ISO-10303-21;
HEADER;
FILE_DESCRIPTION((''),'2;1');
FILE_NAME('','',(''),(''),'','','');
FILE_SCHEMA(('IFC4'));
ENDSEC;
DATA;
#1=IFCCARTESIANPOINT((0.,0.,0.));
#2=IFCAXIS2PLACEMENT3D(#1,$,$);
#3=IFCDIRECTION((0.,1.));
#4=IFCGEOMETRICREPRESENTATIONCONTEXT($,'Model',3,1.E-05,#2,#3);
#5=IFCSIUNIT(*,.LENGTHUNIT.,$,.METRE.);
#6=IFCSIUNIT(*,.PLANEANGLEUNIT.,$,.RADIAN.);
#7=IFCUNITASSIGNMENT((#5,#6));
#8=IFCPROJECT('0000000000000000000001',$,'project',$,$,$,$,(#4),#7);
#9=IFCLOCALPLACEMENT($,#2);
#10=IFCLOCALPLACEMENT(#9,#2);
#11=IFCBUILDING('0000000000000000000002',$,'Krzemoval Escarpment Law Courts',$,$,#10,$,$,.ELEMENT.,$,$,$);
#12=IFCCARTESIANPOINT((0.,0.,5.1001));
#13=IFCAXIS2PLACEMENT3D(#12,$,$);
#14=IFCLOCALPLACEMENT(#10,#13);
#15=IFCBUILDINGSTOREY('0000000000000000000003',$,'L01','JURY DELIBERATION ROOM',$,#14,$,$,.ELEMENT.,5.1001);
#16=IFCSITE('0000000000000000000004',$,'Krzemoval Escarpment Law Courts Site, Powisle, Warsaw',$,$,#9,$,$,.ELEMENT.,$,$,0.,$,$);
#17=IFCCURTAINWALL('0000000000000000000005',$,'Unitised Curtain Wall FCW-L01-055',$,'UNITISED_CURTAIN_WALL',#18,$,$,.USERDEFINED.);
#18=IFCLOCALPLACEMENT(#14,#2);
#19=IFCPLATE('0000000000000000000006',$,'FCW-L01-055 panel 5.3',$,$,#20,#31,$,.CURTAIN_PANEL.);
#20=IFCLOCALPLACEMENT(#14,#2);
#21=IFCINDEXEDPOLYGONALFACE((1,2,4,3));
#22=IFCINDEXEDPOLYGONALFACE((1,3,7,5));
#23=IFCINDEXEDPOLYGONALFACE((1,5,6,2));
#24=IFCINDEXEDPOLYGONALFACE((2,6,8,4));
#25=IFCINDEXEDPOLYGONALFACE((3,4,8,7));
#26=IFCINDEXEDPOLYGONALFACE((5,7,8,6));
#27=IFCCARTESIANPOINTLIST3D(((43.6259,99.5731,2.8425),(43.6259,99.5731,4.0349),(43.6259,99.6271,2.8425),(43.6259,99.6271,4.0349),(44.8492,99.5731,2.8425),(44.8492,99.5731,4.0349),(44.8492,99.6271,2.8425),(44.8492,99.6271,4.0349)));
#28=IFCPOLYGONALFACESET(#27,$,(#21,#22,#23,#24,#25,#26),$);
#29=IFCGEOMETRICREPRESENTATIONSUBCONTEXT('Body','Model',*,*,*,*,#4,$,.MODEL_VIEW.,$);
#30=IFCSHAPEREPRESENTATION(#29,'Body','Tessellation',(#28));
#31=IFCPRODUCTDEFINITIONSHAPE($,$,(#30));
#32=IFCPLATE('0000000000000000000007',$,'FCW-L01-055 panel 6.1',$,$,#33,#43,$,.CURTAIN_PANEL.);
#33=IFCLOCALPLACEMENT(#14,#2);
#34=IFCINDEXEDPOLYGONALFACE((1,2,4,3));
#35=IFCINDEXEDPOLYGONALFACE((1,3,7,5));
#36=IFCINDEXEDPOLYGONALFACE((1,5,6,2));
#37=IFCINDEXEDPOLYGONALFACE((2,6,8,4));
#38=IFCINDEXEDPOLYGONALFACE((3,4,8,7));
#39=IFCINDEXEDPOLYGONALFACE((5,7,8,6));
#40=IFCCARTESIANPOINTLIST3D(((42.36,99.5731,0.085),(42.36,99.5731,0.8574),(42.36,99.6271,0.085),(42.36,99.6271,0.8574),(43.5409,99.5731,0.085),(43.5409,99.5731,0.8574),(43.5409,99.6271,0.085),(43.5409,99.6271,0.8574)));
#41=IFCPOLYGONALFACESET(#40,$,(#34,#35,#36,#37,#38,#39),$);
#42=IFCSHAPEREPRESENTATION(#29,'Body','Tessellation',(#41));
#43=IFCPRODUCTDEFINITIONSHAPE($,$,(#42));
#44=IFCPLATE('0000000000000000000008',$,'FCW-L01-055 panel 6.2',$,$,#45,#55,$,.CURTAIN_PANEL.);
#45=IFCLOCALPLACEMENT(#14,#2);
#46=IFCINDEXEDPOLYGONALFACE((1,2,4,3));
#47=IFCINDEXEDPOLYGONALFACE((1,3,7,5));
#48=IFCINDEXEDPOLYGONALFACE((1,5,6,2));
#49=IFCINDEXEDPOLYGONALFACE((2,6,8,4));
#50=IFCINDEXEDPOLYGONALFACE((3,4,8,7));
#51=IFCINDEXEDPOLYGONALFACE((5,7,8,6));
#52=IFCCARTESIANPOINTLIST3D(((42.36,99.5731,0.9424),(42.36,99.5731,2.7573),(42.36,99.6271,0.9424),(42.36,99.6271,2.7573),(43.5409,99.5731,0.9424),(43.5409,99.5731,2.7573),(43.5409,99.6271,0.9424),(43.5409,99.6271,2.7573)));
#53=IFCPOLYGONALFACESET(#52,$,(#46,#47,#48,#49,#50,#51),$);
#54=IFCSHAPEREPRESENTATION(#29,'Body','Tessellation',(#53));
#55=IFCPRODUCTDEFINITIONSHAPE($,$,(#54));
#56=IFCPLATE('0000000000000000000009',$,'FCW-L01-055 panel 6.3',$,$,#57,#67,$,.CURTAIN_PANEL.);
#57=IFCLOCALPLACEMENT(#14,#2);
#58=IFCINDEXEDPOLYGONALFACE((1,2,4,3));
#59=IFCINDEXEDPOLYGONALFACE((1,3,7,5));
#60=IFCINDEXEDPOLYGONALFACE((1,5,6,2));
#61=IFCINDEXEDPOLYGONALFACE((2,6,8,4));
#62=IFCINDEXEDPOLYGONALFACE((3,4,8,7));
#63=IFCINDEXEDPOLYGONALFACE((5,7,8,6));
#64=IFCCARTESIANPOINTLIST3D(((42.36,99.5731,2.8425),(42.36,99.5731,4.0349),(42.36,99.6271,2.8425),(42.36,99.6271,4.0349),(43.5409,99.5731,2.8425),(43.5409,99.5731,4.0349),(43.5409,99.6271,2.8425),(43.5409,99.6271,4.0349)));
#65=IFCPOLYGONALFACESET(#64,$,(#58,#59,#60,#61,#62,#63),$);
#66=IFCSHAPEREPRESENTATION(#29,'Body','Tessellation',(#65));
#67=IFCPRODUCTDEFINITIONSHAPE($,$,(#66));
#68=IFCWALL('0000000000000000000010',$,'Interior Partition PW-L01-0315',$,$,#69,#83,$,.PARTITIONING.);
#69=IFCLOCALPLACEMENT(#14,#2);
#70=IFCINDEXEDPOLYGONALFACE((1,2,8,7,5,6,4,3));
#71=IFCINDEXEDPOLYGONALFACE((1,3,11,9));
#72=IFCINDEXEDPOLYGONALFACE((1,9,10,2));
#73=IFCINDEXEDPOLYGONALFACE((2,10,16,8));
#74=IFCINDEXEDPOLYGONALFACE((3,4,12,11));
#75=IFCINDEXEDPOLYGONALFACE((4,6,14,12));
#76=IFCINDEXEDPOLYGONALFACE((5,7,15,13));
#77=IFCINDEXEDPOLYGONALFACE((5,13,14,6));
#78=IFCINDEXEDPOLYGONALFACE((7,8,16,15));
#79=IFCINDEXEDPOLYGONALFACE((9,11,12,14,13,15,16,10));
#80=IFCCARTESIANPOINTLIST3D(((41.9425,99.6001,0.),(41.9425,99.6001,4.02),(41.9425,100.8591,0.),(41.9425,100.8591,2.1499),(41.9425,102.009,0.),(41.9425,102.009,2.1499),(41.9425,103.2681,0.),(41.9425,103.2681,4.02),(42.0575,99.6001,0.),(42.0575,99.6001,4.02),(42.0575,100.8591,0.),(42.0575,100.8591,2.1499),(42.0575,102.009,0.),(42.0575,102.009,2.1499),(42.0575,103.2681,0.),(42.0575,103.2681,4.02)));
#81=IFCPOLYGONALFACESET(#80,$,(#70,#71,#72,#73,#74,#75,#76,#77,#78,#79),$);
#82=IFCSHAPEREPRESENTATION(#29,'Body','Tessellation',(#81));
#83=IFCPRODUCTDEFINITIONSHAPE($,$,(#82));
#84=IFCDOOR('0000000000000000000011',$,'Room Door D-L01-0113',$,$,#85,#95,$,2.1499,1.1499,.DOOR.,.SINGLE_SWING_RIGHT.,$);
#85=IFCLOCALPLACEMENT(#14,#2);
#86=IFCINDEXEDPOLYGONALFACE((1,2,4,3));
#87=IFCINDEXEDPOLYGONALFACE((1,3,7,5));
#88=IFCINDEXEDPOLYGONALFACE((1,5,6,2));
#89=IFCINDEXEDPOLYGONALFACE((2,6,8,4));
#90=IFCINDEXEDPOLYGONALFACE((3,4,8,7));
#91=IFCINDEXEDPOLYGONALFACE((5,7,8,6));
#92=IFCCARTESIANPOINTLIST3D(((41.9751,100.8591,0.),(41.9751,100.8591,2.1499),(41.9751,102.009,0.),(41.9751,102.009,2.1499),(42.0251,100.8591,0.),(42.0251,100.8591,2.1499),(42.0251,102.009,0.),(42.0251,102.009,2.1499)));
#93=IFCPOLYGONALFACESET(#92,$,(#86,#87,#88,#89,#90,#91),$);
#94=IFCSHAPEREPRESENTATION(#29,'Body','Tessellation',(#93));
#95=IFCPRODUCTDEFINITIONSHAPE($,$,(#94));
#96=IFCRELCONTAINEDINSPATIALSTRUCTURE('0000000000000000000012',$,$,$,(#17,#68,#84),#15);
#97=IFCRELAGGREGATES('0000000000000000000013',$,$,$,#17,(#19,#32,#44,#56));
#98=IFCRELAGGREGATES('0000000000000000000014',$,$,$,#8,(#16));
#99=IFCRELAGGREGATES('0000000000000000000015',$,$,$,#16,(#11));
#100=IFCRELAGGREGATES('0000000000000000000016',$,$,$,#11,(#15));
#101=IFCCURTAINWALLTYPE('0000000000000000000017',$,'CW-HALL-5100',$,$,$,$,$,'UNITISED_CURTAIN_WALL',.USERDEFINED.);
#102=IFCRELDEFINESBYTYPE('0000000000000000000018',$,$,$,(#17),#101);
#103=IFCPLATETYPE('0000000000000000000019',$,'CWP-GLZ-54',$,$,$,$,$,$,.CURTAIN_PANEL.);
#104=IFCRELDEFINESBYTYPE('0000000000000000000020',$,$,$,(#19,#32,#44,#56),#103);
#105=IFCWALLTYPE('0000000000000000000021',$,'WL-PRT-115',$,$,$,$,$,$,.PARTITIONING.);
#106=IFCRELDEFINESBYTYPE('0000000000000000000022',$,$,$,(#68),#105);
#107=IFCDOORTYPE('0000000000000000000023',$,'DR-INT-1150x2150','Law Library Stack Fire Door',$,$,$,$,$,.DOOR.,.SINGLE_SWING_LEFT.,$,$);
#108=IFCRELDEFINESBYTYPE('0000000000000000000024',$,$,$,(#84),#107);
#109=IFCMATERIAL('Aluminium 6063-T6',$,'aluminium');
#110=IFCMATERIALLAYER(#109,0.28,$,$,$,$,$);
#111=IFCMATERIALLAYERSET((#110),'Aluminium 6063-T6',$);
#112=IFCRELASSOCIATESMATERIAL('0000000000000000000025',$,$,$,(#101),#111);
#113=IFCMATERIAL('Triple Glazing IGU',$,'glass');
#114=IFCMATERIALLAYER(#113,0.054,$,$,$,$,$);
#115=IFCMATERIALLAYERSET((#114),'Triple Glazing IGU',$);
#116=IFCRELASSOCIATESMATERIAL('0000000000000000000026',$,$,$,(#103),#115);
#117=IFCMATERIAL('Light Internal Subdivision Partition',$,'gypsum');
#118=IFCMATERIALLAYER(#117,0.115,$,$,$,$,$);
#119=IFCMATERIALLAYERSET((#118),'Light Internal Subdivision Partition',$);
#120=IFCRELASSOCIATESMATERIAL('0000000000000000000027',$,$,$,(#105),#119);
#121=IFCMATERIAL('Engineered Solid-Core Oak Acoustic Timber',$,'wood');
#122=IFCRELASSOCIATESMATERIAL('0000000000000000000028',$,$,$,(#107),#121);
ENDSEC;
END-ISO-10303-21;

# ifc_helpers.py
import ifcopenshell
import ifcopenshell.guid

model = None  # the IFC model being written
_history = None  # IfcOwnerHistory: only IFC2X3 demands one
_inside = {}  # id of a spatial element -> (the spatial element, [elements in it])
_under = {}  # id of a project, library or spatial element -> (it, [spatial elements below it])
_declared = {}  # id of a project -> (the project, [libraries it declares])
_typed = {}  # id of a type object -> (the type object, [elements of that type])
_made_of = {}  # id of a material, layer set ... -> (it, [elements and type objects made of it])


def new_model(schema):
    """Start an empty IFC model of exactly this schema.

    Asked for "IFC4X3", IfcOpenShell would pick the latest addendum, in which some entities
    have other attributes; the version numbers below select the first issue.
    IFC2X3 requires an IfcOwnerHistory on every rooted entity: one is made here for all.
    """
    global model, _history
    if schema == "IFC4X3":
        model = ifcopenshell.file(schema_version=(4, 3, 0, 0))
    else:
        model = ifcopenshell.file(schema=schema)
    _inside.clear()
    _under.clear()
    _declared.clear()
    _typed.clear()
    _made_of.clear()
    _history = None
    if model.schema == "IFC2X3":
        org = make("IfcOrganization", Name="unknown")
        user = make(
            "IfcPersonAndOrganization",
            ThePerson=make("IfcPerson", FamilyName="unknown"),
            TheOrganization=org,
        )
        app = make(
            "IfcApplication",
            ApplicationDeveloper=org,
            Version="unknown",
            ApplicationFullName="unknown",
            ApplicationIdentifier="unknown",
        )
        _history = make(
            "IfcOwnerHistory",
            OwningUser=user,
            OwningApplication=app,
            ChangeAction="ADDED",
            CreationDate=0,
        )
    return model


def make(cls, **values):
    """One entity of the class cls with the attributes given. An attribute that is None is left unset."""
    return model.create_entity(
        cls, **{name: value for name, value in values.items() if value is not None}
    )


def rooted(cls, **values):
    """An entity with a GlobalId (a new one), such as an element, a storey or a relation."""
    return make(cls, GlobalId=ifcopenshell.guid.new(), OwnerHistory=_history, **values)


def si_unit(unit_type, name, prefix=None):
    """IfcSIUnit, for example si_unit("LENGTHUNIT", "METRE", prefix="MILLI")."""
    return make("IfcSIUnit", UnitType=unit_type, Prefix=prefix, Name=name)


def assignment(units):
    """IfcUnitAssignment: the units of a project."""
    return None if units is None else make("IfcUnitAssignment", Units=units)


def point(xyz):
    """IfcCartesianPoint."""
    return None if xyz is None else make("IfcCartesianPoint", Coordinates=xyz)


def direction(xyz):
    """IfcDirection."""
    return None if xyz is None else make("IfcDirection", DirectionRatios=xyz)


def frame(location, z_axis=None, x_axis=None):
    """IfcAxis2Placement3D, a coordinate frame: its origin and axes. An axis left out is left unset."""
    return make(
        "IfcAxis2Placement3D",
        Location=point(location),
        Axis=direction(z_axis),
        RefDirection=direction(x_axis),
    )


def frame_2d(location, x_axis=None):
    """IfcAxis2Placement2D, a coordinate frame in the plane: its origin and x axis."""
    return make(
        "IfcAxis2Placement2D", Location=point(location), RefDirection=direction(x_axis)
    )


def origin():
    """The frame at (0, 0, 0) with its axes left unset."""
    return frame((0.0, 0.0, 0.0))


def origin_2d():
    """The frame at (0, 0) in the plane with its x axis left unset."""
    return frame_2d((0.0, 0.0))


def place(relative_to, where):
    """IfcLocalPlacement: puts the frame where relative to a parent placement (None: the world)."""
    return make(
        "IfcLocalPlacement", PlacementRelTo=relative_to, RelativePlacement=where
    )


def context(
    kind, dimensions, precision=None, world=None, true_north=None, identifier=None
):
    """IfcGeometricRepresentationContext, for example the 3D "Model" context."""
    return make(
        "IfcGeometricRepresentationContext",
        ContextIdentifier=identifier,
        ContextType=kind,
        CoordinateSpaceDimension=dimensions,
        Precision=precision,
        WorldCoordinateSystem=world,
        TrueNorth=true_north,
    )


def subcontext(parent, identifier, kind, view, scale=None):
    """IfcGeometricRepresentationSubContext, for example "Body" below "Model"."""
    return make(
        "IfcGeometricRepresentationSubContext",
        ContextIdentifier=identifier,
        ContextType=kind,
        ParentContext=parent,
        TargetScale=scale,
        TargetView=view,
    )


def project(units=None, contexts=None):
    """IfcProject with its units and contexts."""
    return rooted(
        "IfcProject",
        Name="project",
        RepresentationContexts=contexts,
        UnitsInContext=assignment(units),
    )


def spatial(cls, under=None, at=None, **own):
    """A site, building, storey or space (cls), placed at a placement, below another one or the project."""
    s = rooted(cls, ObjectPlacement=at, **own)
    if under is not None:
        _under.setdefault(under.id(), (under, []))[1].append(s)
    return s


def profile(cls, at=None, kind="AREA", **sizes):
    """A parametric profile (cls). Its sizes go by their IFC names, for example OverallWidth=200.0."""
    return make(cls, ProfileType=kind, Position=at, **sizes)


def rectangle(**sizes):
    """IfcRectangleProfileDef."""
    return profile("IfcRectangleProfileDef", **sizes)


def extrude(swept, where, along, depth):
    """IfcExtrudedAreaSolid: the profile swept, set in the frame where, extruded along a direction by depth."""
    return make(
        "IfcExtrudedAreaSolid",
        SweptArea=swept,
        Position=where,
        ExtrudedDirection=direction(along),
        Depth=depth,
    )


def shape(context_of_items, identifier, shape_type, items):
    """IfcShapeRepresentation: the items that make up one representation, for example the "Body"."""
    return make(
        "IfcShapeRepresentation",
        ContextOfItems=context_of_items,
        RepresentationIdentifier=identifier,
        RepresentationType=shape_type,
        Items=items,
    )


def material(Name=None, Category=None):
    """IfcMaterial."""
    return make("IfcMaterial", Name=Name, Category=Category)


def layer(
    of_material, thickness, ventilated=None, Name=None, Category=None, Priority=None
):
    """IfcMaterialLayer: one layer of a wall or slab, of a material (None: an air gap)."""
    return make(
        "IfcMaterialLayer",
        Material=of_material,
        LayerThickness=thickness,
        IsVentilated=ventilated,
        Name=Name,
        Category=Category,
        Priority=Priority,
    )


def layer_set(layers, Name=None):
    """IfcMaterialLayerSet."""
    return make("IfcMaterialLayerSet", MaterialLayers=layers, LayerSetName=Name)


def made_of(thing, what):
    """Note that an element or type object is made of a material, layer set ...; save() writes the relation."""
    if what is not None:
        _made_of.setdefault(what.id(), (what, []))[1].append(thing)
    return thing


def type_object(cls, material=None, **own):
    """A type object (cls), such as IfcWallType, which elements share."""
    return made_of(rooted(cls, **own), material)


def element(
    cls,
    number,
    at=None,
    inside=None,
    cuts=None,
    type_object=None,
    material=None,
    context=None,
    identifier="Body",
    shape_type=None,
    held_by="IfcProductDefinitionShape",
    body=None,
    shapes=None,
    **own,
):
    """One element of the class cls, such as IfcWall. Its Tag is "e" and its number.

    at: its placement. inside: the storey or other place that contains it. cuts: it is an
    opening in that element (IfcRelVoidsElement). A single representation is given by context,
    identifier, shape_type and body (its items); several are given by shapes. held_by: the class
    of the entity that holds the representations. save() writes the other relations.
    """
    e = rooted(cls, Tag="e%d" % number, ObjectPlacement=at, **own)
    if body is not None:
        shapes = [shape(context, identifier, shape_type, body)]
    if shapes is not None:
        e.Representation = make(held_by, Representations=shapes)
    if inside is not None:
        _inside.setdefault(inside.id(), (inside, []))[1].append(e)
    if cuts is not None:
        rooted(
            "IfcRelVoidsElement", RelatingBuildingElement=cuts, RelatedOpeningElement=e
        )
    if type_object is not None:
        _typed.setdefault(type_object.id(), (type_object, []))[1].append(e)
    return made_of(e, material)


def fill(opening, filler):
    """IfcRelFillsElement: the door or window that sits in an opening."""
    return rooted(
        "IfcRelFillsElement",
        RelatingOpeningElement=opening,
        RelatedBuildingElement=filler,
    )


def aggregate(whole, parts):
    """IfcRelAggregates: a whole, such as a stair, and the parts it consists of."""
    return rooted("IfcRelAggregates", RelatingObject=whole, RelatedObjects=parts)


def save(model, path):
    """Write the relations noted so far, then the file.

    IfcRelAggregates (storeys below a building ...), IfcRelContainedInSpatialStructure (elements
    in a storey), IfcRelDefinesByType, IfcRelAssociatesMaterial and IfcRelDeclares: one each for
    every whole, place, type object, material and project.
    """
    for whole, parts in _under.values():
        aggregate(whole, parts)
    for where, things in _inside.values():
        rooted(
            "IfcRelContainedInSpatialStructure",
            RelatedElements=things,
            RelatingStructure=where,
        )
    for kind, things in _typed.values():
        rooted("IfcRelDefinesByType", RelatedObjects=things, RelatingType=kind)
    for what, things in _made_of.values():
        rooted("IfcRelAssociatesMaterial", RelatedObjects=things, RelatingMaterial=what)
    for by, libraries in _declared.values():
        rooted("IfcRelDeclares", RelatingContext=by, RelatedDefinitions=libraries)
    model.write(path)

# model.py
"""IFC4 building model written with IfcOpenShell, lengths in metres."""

from ifc_helpers import new_model, si_unit, direction, frame, frame_2d, origin, origin_2d, place, context, subcontext, project, spatial, rectangle, extrude, material, layer, layer_set, type_object, element, fill, aggregate, save


model = new_model("IFC4")

# Units and contexts
model_context = context("Model", 3, precision=1e-05, world=origin(), true_north=direction((0.0, 1.0)))
body_context = subcontext(model_context, "Body", "Model", "MODEL_VIEW")
ifc_project = project(units=[si_unit("LENGTHUNIT", "METRE"), si_unit("PLANEANGLEUNIT", "RADIAN")], contexts=[model_context])

# Site, building, storey
site_placement = place(None, origin())
site = spatial("IfcSite", under=ifc_project, at=site_placement, Name="Krzemoval Escarpment Law Courts Site, Powisle, Warsaw", CompositionType="ELEMENT", RefElevation=0.0)
building_placement = place(site_placement, origin())
building = spatial("IfcBuilding", under=site, at=building_placement, Name="Krzemoval Escarpment Law Courts", CompositionType="ELEMENT")
storey_placement = place(building_placement, frame((0.0, 0.0, 5.1001)))
storey = spatial("IfcBuildingStorey", under=building, at=storey_placement, Name="L01", Description="JURY DELIBERATION ROOM", CompositionType="ELEMENT", Elevation=5.1001)

# Curtain wall, plates
ifc_material_1 = material(Name="Aluminium 6063-T6", Category="aluminium")
ifc_layer_1 = layer(ifc_material_1, 0.28)
ifc_layer_set_1 = layer_set([ifc_layer_1], Name="Aluminium 6063-T6")
curtain_wall_type = type_object("IfcCurtainWallType", Name="CW-HALL-5100", ElementType="UNITISED_CURTAIN_WALL", PredefinedType="USERDEFINED", material=ifc_layer_set_1)
curtain_wall_placement = place(storey_placement, origin())
curtain_wall = element("IfcCurtainWall", 1, at=curtain_wall_placement, inside=storey, type_object=curtain_wall_type, Name="Unitised Curtain Wall FCW-L01-055", ObjectType="UNITISED_CURTAIN_WALL", PredefinedType="USERDEFINED")
ifc_material_2 = material(Name="Triple Glazing IGU", Category="glass")
ifc_layer_2 = layer(ifc_material_2, 0.054)
ifc_layer_set_2 = layer_set([ifc_layer_2], Name="Triple Glazing IGU")
plate_type = type_object("IfcPlateType", Name="CWP-GLZ-54", PredefinedType="CURTAIN_PANEL", material=ifc_layer_set_2)
plate_1_placement = place(storey_placement, frame((44.2375, 99.6001, 2.8425), z_axis=(0.0, 0.0, 1.0), x_axis=(-1.0, 0.0, 0.0)))
plate_1 = element("IfcPlate", 2, at=plate_1_placement, type_object=plate_type, Name="FCW-L01-055 panel 5.3", PredefinedType="CURTAIN_PANEL", context=body_context, shape_type="SweptSolid", body=[
    extrude(rectangle(XDim=1.2234, YDim=0.054, at=origin_2d()), origin(), (0.0, 0.0, 1.0), 1.1924),
])
plate_2_placement = place(storey_placement, frame((42.9504, 99.6001, 0.085), z_axis=(0.0, 0.0, 1.0), x_axis=(-1.0, 0.0, 0.0)))
plate_2 = element("IfcPlate", 3, at=plate_2_placement, type_object=plate_type, Name="FCW-L01-055 panel 6.1", PredefinedType="CURTAIN_PANEL", context=body_context, shape_type="SweptSolid", body=[
    extrude(rectangle(XDim=1.1809, YDim=0.054, at=origin_2d()), origin(), (0.0, 0.0, 1.0), 0.7725),
])
plate_3_placement = place(storey_placement, frame((42.9504, 99.6001, 0.9424), z_axis=(0.0, 0.0, 1.0), x_axis=(-1.0, 0.0, 0.0)))
plate_3 = element("IfcPlate", 4, at=plate_3_placement, type_object=plate_type, Name="FCW-L01-055 panel 6.2", PredefinedType="CURTAIN_PANEL", context=body_context, shape_type="SweptSolid", body=[
    extrude(rectangle(XDim=1.1809, YDim=0.054, at=origin_2d()), origin(), (0.0, 0.0, 1.0), 1.8149),
])
plate_4_placement = place(storey_placement, frame((42.9504, 99.6001, 2.8425), z_axis=(0.0, 0.0, 1.0), x_axis=(-1.0, 0.0, 0.0)))
plate_4 = element("IfcPlate", 5, at=plate_4_placement, type_object=plate_type, Name="FCW-L01-055 panel 6.3", PredefinedType="CURTAIN_PANEL", context=body_context, shape_type="SweptSolid", body=[
    extrude(rectangle(XDim=1.1809, YDim=0.054, at=origin_2d()), origin(), (0.0, 0.0, 1.0), 1.1924),
])
aggregate(curtain_wall, [plate_1, plate_2, plate_3, plate_4])

# Wall, opening, door
ifc_material_3 = material(Name="Light Internal Subdivision Partition", Category="gypsum")
ifc_layer_3 = layer(ifc_material_3, 0.115)
ifc_layer_set_3 = layer_set([ifc_layer_3], Name="Light Internal Subdivision Partition")
wall_type = type_object("IfcWallType", Name="WL-PRT-115", PredefinedType="PARTITIONING", material=ifc_layer_set_3)
wall_placement = place(storey_placement, frame((42.0, 99.6001, 0.0), z_axis=(0.0, 0.0, 1.0), x_axis=(0.0, 1.0, 0.0)))
wall = element("IfcWall", 6, at=wall_placement, inside=storey, type_object=wall_type, Name="Interior Partition PW-L01-0315", PredefinedType="PARTITIONING", context=body_context, shape_type="SweptSolid", body=[
    extrude(rectangle(XDim=3.668, YDim=0.115, at=frame_2d((1.834, 0.0))), origin(), (0.0, 0.0, 1.0), 4.02),
])
opening_placement = place(wall_placement, frame((1.259, 0.0, 0.0)))
opening = element("IfcOpeningElement", 7, at=opening_placement, cuts=wall, PredefinedType="OPENING", context=body_context, shape_type="SweptSolid", body=[
    extrude(rectangle(XDim=1.1499, YDim=2.1499, at=frame_2d((0.575, 1.075))), frame((0.0, 0.0725, 0.0), z_axis=(0.0, -1.0, 0.0), x_axis=(1.0, 0.0, 0.0)), (0.0, 0.0, 1.0), 0.145),
])
ifc_material_4 = material(Name="Engineered Solid-Core Oak Acoustic Timber", Category="wood")
door_type = type_object("IfcDoorType", Name="DR-INT-1150x2150", Description="Law Library Stack Fire Door", OperationType="SINGLE_SWING_LEFT", PredefinedType="DOOR", material=ifc_material_4)
door_placement = place(opening_placement, origin())
door = element("IfcDoor", 8, at=door_placement, inside=storey, type_object=door_type, Name="Room Door D-L01-0113", OperationType="SINGLE_SWING_RIGHT", OverallHeight=2.1499, OverallWidth=1.1499, PredefinedType="DOOR", context=body_context, shape_type="SweptSolid", body=[
    extrude(rectangle(XDim=1.1499, YDim=2.1499, at=frame_2d((0.575, 1.075))), frame((0.0, 0.0249, 0.0), z_axis=(0.0, -1.0, 0.0), x_axis=(1.0, 0.0, 0.0)), (0.0, 0.0, 1.0), 0.05),
])
fill(opening, door)

save(model, "model.ifc")
